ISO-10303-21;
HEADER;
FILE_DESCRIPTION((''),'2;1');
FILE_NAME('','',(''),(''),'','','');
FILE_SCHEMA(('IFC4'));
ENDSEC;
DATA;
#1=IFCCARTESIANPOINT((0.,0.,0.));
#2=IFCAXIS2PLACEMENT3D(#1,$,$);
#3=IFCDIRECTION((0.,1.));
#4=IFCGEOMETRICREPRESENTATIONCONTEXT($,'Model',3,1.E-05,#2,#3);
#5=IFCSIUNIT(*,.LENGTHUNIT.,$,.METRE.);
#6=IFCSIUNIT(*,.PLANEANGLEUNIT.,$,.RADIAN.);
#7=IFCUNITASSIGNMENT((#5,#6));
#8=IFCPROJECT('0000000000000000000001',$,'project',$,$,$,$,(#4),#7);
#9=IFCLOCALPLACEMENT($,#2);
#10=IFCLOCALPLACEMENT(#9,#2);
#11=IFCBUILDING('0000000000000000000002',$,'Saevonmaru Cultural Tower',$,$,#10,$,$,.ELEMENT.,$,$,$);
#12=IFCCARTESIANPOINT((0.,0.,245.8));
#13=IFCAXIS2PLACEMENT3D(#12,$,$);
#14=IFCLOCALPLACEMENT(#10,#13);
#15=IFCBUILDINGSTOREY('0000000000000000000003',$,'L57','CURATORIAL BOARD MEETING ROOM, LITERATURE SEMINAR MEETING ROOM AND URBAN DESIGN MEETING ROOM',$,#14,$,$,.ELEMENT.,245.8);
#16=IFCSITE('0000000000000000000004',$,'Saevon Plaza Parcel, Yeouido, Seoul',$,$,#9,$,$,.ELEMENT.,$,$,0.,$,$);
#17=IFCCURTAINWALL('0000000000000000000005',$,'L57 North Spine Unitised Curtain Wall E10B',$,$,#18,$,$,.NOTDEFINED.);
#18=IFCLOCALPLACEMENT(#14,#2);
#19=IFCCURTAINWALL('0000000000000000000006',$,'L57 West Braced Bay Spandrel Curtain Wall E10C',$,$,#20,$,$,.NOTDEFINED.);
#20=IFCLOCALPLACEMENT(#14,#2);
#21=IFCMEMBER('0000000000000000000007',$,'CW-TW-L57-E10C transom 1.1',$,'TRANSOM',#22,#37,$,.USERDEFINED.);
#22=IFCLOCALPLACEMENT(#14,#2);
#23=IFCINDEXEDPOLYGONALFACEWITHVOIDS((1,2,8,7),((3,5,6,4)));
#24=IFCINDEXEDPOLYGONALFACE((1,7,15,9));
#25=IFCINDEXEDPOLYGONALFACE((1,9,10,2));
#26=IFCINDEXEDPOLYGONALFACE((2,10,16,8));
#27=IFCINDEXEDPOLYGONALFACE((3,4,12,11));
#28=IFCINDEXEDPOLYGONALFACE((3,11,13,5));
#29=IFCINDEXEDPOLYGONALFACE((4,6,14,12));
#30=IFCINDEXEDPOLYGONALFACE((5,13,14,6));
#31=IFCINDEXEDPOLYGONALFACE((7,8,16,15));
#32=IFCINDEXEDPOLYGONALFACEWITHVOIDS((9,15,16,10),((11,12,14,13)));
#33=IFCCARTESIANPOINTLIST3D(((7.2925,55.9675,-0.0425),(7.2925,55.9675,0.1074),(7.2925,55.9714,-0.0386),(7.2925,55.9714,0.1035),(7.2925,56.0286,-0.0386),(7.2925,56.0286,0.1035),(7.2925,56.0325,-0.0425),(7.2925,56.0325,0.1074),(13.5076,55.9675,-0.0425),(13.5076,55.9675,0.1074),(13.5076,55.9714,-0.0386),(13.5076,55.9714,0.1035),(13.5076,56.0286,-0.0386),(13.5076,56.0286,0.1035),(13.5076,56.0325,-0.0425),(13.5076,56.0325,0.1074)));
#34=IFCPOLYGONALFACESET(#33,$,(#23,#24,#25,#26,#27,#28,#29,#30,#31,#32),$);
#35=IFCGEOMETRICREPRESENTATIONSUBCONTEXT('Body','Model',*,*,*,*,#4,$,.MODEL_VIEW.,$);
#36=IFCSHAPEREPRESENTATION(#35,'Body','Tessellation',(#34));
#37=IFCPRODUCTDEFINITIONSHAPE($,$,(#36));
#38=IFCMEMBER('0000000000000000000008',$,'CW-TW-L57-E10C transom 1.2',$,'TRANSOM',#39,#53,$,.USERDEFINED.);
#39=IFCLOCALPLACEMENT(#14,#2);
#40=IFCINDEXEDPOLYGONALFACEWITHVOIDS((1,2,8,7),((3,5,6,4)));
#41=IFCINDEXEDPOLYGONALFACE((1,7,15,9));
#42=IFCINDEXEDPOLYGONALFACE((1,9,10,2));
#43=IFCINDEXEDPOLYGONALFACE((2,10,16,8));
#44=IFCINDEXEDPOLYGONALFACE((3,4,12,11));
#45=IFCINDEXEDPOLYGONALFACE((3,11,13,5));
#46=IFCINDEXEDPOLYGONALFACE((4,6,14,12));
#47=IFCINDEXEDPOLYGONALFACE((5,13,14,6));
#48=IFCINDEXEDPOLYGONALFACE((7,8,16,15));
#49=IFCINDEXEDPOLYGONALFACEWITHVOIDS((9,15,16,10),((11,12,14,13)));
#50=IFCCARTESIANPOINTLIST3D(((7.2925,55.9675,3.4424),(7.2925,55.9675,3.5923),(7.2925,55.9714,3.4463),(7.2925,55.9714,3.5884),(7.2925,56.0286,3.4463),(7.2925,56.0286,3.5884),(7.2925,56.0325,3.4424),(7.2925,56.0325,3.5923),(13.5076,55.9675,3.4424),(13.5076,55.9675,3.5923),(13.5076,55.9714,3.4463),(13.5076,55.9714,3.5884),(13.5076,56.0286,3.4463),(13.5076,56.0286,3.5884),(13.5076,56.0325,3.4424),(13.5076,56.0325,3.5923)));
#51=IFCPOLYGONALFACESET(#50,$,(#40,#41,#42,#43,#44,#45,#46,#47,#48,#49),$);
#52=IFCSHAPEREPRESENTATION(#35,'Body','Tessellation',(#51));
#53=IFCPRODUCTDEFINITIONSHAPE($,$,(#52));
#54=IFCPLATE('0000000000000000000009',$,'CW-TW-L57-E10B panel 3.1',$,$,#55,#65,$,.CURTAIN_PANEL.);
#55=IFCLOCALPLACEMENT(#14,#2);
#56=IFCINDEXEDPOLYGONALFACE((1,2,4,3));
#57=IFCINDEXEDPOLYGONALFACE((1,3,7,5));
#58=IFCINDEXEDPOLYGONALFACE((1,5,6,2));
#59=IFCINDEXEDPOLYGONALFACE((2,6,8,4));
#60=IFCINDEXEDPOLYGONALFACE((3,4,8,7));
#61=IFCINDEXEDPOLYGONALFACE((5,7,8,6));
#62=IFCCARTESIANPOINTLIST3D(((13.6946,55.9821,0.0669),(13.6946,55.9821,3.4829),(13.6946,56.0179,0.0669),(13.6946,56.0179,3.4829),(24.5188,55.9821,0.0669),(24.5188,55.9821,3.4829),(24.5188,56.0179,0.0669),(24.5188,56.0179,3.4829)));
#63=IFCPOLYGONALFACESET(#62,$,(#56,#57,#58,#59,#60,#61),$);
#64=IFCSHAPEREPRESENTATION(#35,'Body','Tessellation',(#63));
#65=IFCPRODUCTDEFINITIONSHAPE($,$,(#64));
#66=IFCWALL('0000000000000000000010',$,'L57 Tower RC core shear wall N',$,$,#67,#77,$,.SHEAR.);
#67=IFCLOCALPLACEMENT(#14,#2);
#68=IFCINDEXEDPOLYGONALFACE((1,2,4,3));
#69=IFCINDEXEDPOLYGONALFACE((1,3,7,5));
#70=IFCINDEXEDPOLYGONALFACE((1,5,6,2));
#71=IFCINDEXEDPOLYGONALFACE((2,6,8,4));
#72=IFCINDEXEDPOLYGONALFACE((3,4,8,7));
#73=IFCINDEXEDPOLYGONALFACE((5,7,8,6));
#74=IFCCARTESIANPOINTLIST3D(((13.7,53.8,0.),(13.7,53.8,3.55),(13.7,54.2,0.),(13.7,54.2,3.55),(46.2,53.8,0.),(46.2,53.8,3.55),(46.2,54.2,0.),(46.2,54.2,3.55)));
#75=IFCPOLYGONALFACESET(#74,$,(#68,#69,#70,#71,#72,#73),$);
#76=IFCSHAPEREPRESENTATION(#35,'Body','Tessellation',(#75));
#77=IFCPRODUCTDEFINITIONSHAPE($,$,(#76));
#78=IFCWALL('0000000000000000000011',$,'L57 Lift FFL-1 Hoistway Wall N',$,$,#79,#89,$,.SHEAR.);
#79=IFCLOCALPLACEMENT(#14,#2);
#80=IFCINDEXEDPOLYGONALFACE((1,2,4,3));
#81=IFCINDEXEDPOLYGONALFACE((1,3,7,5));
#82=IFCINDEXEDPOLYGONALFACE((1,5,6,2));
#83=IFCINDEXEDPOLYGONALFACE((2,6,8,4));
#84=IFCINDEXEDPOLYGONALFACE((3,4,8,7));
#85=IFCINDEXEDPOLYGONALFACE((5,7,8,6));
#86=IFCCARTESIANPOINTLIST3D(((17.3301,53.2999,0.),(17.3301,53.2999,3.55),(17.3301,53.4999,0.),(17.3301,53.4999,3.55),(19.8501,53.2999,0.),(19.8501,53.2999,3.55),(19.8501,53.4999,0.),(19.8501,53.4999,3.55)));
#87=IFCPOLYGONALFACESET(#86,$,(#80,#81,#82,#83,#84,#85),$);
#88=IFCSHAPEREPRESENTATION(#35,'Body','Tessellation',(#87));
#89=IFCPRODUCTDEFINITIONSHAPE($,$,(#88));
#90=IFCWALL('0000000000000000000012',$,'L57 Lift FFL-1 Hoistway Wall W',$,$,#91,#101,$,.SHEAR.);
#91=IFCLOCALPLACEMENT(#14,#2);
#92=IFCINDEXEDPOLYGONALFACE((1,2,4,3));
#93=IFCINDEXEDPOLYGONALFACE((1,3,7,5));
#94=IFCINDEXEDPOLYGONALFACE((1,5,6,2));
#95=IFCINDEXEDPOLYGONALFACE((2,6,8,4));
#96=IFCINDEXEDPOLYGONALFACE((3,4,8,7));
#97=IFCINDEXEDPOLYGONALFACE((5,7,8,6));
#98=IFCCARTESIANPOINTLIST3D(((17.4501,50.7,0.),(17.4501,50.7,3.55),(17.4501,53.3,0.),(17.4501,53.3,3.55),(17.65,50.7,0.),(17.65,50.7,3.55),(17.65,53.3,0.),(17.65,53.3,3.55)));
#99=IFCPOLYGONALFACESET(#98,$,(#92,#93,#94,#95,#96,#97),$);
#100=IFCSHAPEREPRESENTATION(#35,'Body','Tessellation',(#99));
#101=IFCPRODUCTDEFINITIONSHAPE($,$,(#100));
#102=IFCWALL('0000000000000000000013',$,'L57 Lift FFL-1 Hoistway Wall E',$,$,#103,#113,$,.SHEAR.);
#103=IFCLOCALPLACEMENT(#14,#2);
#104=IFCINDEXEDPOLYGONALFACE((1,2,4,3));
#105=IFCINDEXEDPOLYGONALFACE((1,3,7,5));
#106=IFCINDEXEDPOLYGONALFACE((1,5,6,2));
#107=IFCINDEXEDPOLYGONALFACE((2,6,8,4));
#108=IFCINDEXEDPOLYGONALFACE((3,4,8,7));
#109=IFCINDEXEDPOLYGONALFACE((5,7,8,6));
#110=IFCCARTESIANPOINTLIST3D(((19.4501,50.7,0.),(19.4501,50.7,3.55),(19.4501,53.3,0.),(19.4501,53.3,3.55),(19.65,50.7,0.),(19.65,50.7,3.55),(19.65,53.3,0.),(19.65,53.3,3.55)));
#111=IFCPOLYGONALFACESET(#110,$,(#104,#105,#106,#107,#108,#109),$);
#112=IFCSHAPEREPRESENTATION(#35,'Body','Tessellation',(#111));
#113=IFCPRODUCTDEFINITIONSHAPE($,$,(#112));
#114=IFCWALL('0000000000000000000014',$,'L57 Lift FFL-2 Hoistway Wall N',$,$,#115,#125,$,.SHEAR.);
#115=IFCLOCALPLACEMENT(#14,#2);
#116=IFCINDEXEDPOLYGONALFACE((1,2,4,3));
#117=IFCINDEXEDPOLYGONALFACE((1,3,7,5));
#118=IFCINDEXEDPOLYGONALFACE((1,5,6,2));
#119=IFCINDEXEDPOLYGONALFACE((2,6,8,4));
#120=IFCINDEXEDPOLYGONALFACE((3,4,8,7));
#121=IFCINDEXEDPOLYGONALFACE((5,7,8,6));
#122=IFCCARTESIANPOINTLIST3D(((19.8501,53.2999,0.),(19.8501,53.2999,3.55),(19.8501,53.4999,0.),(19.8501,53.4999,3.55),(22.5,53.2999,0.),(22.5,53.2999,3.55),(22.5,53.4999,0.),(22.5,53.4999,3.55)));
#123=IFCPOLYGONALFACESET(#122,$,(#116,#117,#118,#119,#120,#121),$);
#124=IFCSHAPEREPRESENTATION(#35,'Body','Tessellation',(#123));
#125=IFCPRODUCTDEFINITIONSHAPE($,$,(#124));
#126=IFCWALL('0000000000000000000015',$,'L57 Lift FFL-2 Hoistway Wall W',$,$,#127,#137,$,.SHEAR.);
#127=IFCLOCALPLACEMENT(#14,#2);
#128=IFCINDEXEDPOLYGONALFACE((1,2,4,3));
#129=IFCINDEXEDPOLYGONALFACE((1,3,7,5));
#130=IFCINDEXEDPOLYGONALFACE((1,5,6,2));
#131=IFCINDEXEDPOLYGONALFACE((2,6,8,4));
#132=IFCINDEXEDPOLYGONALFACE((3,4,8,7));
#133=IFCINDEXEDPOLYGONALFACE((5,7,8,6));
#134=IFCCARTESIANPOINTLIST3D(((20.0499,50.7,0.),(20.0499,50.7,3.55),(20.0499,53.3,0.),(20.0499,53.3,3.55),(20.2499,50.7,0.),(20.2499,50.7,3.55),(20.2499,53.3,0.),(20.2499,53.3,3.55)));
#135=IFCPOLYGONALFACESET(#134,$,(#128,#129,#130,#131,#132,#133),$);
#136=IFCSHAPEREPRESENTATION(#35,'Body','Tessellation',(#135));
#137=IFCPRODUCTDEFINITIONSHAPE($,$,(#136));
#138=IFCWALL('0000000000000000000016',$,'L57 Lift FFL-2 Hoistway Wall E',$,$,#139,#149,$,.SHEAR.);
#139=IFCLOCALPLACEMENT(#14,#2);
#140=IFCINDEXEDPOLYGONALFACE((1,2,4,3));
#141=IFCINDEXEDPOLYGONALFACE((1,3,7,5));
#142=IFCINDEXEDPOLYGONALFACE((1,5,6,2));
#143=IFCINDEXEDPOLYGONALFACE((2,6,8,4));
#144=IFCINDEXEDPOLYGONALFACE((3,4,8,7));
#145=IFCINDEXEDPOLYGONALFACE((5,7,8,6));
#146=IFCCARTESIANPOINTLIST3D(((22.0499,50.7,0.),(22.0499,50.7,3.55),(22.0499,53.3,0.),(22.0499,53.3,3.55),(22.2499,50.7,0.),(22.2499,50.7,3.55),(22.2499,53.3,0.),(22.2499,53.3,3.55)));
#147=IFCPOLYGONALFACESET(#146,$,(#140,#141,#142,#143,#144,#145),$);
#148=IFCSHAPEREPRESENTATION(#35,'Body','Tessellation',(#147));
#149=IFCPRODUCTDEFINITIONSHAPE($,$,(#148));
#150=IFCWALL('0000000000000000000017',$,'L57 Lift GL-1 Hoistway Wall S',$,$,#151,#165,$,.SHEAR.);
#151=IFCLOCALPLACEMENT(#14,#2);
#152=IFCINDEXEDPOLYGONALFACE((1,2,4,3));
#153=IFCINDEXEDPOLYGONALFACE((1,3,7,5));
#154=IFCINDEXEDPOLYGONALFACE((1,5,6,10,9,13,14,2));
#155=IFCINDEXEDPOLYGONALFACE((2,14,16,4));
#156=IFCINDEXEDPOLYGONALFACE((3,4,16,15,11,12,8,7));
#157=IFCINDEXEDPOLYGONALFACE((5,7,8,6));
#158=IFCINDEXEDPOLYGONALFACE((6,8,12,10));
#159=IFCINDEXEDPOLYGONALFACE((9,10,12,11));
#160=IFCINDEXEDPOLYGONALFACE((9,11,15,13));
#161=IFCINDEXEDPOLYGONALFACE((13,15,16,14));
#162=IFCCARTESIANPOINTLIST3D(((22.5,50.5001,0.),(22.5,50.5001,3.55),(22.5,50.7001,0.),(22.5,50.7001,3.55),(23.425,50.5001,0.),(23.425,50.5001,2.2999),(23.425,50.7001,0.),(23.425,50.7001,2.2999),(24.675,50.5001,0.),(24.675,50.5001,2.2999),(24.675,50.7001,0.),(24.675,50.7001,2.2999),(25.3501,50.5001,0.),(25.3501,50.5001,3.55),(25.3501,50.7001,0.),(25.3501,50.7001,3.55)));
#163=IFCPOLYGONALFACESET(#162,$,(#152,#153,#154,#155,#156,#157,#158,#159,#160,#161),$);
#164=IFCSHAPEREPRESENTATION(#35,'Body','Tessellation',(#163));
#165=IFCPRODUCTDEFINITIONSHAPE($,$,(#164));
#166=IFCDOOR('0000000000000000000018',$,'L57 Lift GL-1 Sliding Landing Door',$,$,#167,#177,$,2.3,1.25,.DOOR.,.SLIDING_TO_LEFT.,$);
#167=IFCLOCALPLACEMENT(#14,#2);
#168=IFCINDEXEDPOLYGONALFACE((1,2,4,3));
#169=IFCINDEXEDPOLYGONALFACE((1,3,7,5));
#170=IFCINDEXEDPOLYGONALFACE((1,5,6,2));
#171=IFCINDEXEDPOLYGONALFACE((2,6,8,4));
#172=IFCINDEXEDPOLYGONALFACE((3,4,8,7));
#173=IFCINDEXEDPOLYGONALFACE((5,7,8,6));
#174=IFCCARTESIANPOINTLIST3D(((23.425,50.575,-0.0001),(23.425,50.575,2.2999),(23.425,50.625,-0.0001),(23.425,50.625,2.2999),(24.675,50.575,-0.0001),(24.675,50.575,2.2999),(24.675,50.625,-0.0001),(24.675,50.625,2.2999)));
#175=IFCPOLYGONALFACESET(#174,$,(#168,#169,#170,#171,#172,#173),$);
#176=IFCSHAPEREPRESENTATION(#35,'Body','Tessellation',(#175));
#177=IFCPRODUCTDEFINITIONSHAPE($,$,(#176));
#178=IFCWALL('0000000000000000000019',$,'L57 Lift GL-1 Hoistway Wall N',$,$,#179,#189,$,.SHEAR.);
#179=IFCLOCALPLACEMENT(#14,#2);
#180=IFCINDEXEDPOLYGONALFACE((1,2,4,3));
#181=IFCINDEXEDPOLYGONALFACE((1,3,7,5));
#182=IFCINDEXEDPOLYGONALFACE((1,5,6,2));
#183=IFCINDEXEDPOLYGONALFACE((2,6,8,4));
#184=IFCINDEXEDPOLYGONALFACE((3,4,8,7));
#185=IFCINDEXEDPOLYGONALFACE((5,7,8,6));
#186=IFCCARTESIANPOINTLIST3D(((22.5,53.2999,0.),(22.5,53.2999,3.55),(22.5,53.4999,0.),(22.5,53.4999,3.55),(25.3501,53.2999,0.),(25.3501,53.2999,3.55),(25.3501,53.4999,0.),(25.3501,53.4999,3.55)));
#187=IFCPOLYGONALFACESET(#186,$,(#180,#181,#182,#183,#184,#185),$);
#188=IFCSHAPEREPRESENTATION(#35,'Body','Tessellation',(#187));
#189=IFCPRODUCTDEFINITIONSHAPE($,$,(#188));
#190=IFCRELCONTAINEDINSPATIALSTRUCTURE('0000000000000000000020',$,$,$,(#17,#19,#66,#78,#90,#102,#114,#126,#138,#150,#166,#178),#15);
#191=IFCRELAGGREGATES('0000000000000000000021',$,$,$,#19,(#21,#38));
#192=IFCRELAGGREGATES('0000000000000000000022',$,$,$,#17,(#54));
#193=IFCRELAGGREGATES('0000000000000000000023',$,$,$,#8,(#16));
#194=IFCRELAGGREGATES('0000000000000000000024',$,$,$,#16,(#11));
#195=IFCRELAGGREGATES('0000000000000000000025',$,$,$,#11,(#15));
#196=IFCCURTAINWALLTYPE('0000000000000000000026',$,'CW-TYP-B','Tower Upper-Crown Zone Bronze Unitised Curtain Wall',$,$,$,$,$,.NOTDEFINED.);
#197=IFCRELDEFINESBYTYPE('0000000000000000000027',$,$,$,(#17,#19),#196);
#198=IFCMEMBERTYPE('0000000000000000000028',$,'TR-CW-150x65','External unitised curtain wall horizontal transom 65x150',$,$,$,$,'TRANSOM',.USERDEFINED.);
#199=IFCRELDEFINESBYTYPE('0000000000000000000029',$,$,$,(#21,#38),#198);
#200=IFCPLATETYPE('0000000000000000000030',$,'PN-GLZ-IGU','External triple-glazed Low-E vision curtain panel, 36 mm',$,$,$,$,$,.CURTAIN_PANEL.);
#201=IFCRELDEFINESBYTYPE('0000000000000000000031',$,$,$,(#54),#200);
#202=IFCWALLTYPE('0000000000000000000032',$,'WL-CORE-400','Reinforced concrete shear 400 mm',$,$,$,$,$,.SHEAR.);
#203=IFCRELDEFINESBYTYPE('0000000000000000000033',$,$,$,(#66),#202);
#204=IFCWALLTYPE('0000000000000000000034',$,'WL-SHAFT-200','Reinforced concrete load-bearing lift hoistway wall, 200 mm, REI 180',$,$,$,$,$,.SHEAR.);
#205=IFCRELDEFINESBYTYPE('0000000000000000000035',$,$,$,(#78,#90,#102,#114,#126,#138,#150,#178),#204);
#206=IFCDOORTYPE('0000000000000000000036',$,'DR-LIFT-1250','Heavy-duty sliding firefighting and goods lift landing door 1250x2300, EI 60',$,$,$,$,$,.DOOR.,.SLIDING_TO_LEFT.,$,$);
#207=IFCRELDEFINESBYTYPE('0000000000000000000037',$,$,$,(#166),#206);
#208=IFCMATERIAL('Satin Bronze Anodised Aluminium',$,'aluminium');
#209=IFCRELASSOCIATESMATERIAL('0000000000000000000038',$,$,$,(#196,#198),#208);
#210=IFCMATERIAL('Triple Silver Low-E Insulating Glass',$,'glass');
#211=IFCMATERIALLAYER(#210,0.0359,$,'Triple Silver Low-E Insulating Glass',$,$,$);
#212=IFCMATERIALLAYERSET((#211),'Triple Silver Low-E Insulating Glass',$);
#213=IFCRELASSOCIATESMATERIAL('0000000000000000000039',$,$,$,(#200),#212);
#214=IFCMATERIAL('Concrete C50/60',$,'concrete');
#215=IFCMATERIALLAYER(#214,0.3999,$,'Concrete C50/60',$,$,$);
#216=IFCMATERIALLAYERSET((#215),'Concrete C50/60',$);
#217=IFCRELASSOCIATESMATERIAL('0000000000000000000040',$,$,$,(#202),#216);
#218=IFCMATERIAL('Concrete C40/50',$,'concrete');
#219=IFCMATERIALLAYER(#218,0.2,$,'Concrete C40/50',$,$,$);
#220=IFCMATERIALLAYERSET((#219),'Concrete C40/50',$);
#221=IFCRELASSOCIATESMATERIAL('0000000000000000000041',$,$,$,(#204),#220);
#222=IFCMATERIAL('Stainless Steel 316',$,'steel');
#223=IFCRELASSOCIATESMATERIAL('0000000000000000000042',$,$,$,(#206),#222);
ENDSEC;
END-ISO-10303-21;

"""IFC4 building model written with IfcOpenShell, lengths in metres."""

from ifc_helpers import new_model, si_unit, direction, frame, frame_2d, origin, origin_2d, place, context, subcontext, project, spatial, rectangle, hollow_rectangle, extrude, material, layer, layer_set, material_profile, profile_set, type_object, element, fill, aggregate, save


model = new_model("IFC4")

# Units and contexts
model_context = context("Model", 3, precision=1e-05, world=origin(), true_north=direction((0.0, 1.0)))
body_context = subcontext(model_context, "Body", "Model", "MODEL_VIEW")
ifc_project = project(units=[si_unit("LENGTHUNIT", "METRE"), si_unit("PLANEANGLEUNIT", "RADIAN")], contexts=[model_context])

# Site, building, storey
site_placement = place(None, origin())
site = spatial("IfcSite", under=ifc_project, at=site_placement, Name="Saevon Plaza Parcel, Yeouido, Seoul", CompositionType="ELEMENT", RefElevation=0.0)
building_placement = place(site_placement, origin())
building = spatial("IfcBuilding", under=site, at=building_placement, Name="Saevonmaru Cultural Tower", CompositionType="ELEMENT")
storey_placement = place(building_placement, frame((0.0, 0.0, 245.8)))
storey = spatial("IfcBuildingStorey", under=building, at=storey_placement, Name="L57", Description="CURATORIAL BOARD MEETING ROOM, LITERATURE SEMINAR MEETING ROOM AND URBAN DESIGN MEETING ROOM", CompositionType="ELEMENT", Elevation=245.8)

# Curtain walls
ifc_material_1 = material(Name="Satin Bronze Anodised Aluminium", Category="aluminium")
curtain_wall_type = type_object("IfcCurtainWallType", Name="CW-TYP-B", Description="Tower Upper-Crown Zone Bronze Unitised Curtain Wall", PredefinedType="NOTDEFINED", material=ifc_material_1)
curtain_wall_1_placement = place(storey_placement, origin())
curtain_wall_1 = element("IfcCurtainWall", 1, at=curtain_wall_1_placement, inside=storey, type_object=curtain_wall_type, Name="L57 North Spine Unitised Curtain Wall E10B", PredefinedType="NOTDEFINED")
curtain_wall_2_placement = place(storey_placement, origin())
curtain_wall_2 = element("IfcCurtainWall", 2, at=curtain_wall_2_placement, inside=storey, type_object=curtain_wall_type, Name="L57 West Braced Bay Spandrel Curtain Wall E10C", PredefinedType="NOTDEFINED")

# Members
ifc_material_profile_1 = material_profile(ifc_material_1, hollow_rectangle(XDim=0.0649, YDim=0.1499, WallThickness=0.0039, at=origin_2d()), Name="ALU-TRAN-150x65x4")
ifc_profile_set_1 = profile_set([ifc_material_profile_1], Name="Satin Bronze Anodised Aluminium")
member_type_1 = type_object("IfcMemberType", Name="TR-CW-150x65", Description="External unitised curtain wall horizontal transom 65x150", ElementType="TRANSOM", PredefinedType="USERDEFINED", material=ifc_profile_set_1)
member_1_placement = place(storey_placement, frame((13.5076, 56.0, 0.0325), z_axis=(-1.0, 0.0, 0.0), x_axis=(0.0, -1.0, 0.0)))
member_1 = element("IfcMember", 3, at=member_1_placement, type_object=member_type_1, Name="CW-TW-L57-E10C transom 1.1", ObjectType="TRANSOM", PredefinedType="USERDEFINED", context=body_context, shape_type="SweptSolid", body=[
    extrude(hollow_rectangle(XDim=0.0649, YDim=0.1499, WallThickness=0.0039, at=origin_2d()), origin(), (0.0, 0.0, 1.0), 6.2151),
])
member_2_placement = place(storey_placement, frame((13.5076, 56.0, 3.5173), z_axis=(-1.0, 0.0, 0.0), x_axis=(0.0, -1.0, 0.0)))
member_2 = element("IfcMember", 4, at=member_2_placement, type_object=member_type_1, Name="CW-TW-L57-E10C transom 1.2", ObjectType="TRANSOM", PredefinedType="USERDEFINED", context=body_context, shape_type="SweptSolid", body=[
    extrude(hollow_rectangle(XDim=0.0649, YDim=0.1499, WallThickness=0.0039, at=origin_2d()), origin(), (0.0, 0.0, 1.0), 6.2151),
])
aggregate(curtain_wall_2, [member_1, member_2])

# Plate
ifc_material_2 = material(Name="Triple Silver Low-E Insulating Glass", Category="glass")
ifc_layer_1 = layer(ifc_material_2, 0.0359, Name="Triple Silver Low-E Insulating Glass")
ifc_layer_set_1 = layer_set([ifc_layer_1], Name="Triple Silver Low-E Insulating Glass")
plate_type = type_object("IfcPlateType", Name="PN-GLZ-IGU", Description="External triple-glazed Low-E vision curtain panel, 36 mm", PredefinedType="CURTAIN_PANEL", material=ifc_layer_set_1)
plate_placement = place(storey_placement, frame((19.1067, 56.0, 0.0669), z_axis=(0.0, 0.0, 1.0), x_axis=(-1.0, 0.0, 0.0)))
plate = element("IfcPlate", 5, at=plate_placement, type_object=plate_type, Name="CW-TW-L57-E10B panel 3.1", PredefinedType="CURTAIN_PANEL", context=body_context, shape_type="SweptSolid", body=[
    extrude(rectangle(XDim=10.8242, YDim=0.0359, at=origin_2d()), origin(), (0.0, 0.0, 1.0), 3.416),
])
aggregate(curtain_wall_1, [plate])

# Walls
ifc_material_3 = material(Name="Concrete C50/60", Category="concrete")
ifc_layer_2 = layer(ifc_material_3, 0.3999, Name="Concrete C50/60")
ifc_layer_set_2 = layer_set([ifc_layer_2], Name="Concrete C50/60")
wall_type_1 = type_object("IfcWallType", Name="WL-CORE-400", Description="Reinforced concrete shear 400 mm", PredefinedType="SHEAR", material=ifc_layer_set_2)
wall_1_placement = place(storey_placement, frame((13.7, 54.0, 0.0), z_axis=(0.0, 0.0, 1.0), x_axis=(1.0, 0.0, 0.0)))
element("IfcWall", 6, at=wall_1_placement, inside=storey, type_object=wall_type_1, Name="L57 Tower RC core shear wall N", PredefinedType="SHEAR", context=body_context, shape_type="SweptSolid", body=[
    extrude(rectangle(XDim=32.5, YDim=0.3999, at=frame_2d((16.25, 0.0))), origin(), (0.0, 0.0, 1.0), 3.55),
])
ifc_material_4 = material(Name="Concrete C40/50", Category="concrete")
ifc_layer_3 = layer(ifc_material_4, 0.2, Name="Concrete C40/50")
ifc_layer_set_3 = layer_set([ifc_layer_3], Name="Concrete C40/50")
wall_type_2 = type_object("IfcWallType", Name="WL-SHAFT-200", Description="Reinforced concrete load-bearing lift hoistway wall, 200 mm, REI 180", PredefinedType="SHEAR", material=ifc_layer_set_3)
wall_2_placement = place(storey_placement, frame((17.3301, 53.3999, 0.0), z_axis=(0.0, 0.0, 1.0), x_axis=(1.0, 0.0, 0.0)))
element("IfcWall", 7, at=wall_2_placement, inside=storey, type_object=wall_type_2, Name="L57 Lift FFL-1 Hoistway Wall N", PredefinedType="SHEAR", context=body_context, shape_type="SweptSolid", body=[
    extrude(rectangle(XDim=2.52, YDim=0.2, at=frame_2d((1.26, 0.0))), origin(), (0.0, 0.0, 1.0), 3.55),
])
for number, where, z_axis, x_axis, name in (
    (8, (17.55, 50.7, 0.0), (0.0, 0.0, 1.0), (0.0, 1.0, 0.0), "L57 Lift FFL-1 Hoistway Wall W"),
    (9, (19.55, 50.7, 0.0), (0.0, 0.0, 1.0), (0.0, 1.0, 0.0), "L57 Lift FFL-1 Hoistway Wall E"),
):
    element("IfcWall", number, at=place(storey_placement, frame(where, z_axis=z_axis, x_axis=x_axis)), inside=storey, type_object=wall_type_2, Name=name, PredefinedType="SHEAR", context=body_context, shape_type="SweptSolid", body=[
        extrude(rectangle(XDim=2.6001, YDim=0.2, at=frame_2d((1.3, 0.0))), origin(), (0.0, 0.0, 1.0), 3.55),
    ])
wall_3_placement = place(storey_placement, frame((19.8501, 53.3999, 0.0), z_axis=(0.0, 0.0, 1.0), x_axis=(1.0, 0.0, 0.0)))
element("IfcWall", 10, at=wall_3_placement, inside=storey, type_object=wall_type_2, Name="L57 Lift FFL-2 Hoistway Wall N", PredefinedType="SHEAR", context=body_context, shape_type="SweptSolid", body=[
    extrude(rectangle(XDim=2.6499, YDim=0.2, at=frame_2d((1.325, 0.0))), origin(), (0.0, 0.0, 1.0), 3.55),
])
for number, where, z_axis, x_axis, name in (
    (11, (20.1499, 50.7, 0.0), (0.0, 0.0, 1.0), (0.0, 1.0, 0.0), "L57 Lift FFL-2 Hoistway Wall W"),
    (12, (22.1499, 50.7, 0.0), (0.0, 0.0, 1.0), (0.0, 1.0, 0.0), "L57 Lift FFL-2 Hoistway Wall E"),
):
    element("IfcWall", number, at=place(storey_placement, frame(where, z_axis=z_axis, x_axis=x_axis)), inside=storey, type_object=wall_type_2, Name=name, PredefinedType="SHEAR", context=body_context, shape_type="SweptSolid", body=[
        extrude(rectangle(XDim=2.6001, YDim=0.2, at=frame_2d((1.3, 0.0))), origin(), (0.0, 0.0, 1.0), 3.55),
    ])

# Wall, opening, door
wall_4_placement = place(storey_placement, frame((22.5, 50.6001, 0.0), z_axis=(0.0, 0.0, 1.0), x_axis=(1.0, 0.0, 0.0)))
wall_4 = element("IfcWall", 13, at=wall_4_placement, inside=storey, type_object=wall_type_2, Name="L57 Lift GL-1 Hoistway Wall S", PredefinedType="SHEAR", context=body_context, shape_type="SweptSolid", body=[
    extrude(rectangle(XDim=2.8501, YDim=0.2, at=frame_2d((1.425, 0.0))), origin(), (0.0, 0.0, 1.0), 3.55),
])
opening_placement = place(wall_4_placement, frame((0.925, 0.0, 0.0)))
opening = element("IfcOpeningElement", 14, at=opening_placement, cuts=wall_4, PredefinedType="OPENING", context=body_context, shape_type="SweptSolid", body=[
    extrude(rectangle(XDim=1.25, YDim=2.3, at=frame_2d((0.625, 1.1499))), frame((0.0, 0.1099, 0.0), z_axis=(0.0, -1.0, 0.0), x_axis=(1.0, 0.0, 0.0)), (0.0, 0.0, 1.0), 0.22),
])
ifc_material_5 = material(Name="Stainless Steel 316", Category="steel")
door_type = type_object("IfcDoorType", Name="DR-LIFT-1250", Description="Heavy-duty sliding firefighting and goods lift landing door 1250x2300, EI 60", OperationType="SLIDING_TO_LEFT", PredefinedType="DOOR", material=ifc_material_5)
door_placement = place(opening_placement, origin())
door = element("IfcDoor", 15, at=door_placement, inside=storey, type_object=door_type, Name="L57 Lift GL-1 Sliding Landing Door", OperationType="SLIDING_TO_LEFT", OverallHeight=2.3, OverallWidth=1.25, PredefinedType="DOOR", context=body_context, shape_type="SweptSolid", body=[
    extrude(rectangle(XDim=1.25, YDim=2.3, at=frame_2d((0.625, 1.1499))), frame((0.0, 0.0249, 0.0), z_axis=(0.0, -1.0, 0.0), x_axis=(1.0, 0.0, 0.0)), (0.0, 0.0, 1.0), 0.05),
])
fill(opening, door)

# Wall
wall_5_placement = place(storey_placement, frame((22.5, 53.3999, 0.0), z_axis=(0.0, 0.0, 1.0), x_axis=(1.0, 0.0, 0.0)))
element("IfcWall", 16, at=wall_5_placement, inside=storey, type_object=wall_type_2, Name="L57 Lift GL-1 Hoistway Wall N", PredefinedType="SHEAR", context=body_context, shape_type="SweptSolid", body=[
    extrude(rectangle(XDim=2.8501, YDim=0.2, at=frame_2d((1.425, 0.0))), origin(), (0.0, 0.0, 1.0), 3.55),
])

save(model, "model.ifc")
